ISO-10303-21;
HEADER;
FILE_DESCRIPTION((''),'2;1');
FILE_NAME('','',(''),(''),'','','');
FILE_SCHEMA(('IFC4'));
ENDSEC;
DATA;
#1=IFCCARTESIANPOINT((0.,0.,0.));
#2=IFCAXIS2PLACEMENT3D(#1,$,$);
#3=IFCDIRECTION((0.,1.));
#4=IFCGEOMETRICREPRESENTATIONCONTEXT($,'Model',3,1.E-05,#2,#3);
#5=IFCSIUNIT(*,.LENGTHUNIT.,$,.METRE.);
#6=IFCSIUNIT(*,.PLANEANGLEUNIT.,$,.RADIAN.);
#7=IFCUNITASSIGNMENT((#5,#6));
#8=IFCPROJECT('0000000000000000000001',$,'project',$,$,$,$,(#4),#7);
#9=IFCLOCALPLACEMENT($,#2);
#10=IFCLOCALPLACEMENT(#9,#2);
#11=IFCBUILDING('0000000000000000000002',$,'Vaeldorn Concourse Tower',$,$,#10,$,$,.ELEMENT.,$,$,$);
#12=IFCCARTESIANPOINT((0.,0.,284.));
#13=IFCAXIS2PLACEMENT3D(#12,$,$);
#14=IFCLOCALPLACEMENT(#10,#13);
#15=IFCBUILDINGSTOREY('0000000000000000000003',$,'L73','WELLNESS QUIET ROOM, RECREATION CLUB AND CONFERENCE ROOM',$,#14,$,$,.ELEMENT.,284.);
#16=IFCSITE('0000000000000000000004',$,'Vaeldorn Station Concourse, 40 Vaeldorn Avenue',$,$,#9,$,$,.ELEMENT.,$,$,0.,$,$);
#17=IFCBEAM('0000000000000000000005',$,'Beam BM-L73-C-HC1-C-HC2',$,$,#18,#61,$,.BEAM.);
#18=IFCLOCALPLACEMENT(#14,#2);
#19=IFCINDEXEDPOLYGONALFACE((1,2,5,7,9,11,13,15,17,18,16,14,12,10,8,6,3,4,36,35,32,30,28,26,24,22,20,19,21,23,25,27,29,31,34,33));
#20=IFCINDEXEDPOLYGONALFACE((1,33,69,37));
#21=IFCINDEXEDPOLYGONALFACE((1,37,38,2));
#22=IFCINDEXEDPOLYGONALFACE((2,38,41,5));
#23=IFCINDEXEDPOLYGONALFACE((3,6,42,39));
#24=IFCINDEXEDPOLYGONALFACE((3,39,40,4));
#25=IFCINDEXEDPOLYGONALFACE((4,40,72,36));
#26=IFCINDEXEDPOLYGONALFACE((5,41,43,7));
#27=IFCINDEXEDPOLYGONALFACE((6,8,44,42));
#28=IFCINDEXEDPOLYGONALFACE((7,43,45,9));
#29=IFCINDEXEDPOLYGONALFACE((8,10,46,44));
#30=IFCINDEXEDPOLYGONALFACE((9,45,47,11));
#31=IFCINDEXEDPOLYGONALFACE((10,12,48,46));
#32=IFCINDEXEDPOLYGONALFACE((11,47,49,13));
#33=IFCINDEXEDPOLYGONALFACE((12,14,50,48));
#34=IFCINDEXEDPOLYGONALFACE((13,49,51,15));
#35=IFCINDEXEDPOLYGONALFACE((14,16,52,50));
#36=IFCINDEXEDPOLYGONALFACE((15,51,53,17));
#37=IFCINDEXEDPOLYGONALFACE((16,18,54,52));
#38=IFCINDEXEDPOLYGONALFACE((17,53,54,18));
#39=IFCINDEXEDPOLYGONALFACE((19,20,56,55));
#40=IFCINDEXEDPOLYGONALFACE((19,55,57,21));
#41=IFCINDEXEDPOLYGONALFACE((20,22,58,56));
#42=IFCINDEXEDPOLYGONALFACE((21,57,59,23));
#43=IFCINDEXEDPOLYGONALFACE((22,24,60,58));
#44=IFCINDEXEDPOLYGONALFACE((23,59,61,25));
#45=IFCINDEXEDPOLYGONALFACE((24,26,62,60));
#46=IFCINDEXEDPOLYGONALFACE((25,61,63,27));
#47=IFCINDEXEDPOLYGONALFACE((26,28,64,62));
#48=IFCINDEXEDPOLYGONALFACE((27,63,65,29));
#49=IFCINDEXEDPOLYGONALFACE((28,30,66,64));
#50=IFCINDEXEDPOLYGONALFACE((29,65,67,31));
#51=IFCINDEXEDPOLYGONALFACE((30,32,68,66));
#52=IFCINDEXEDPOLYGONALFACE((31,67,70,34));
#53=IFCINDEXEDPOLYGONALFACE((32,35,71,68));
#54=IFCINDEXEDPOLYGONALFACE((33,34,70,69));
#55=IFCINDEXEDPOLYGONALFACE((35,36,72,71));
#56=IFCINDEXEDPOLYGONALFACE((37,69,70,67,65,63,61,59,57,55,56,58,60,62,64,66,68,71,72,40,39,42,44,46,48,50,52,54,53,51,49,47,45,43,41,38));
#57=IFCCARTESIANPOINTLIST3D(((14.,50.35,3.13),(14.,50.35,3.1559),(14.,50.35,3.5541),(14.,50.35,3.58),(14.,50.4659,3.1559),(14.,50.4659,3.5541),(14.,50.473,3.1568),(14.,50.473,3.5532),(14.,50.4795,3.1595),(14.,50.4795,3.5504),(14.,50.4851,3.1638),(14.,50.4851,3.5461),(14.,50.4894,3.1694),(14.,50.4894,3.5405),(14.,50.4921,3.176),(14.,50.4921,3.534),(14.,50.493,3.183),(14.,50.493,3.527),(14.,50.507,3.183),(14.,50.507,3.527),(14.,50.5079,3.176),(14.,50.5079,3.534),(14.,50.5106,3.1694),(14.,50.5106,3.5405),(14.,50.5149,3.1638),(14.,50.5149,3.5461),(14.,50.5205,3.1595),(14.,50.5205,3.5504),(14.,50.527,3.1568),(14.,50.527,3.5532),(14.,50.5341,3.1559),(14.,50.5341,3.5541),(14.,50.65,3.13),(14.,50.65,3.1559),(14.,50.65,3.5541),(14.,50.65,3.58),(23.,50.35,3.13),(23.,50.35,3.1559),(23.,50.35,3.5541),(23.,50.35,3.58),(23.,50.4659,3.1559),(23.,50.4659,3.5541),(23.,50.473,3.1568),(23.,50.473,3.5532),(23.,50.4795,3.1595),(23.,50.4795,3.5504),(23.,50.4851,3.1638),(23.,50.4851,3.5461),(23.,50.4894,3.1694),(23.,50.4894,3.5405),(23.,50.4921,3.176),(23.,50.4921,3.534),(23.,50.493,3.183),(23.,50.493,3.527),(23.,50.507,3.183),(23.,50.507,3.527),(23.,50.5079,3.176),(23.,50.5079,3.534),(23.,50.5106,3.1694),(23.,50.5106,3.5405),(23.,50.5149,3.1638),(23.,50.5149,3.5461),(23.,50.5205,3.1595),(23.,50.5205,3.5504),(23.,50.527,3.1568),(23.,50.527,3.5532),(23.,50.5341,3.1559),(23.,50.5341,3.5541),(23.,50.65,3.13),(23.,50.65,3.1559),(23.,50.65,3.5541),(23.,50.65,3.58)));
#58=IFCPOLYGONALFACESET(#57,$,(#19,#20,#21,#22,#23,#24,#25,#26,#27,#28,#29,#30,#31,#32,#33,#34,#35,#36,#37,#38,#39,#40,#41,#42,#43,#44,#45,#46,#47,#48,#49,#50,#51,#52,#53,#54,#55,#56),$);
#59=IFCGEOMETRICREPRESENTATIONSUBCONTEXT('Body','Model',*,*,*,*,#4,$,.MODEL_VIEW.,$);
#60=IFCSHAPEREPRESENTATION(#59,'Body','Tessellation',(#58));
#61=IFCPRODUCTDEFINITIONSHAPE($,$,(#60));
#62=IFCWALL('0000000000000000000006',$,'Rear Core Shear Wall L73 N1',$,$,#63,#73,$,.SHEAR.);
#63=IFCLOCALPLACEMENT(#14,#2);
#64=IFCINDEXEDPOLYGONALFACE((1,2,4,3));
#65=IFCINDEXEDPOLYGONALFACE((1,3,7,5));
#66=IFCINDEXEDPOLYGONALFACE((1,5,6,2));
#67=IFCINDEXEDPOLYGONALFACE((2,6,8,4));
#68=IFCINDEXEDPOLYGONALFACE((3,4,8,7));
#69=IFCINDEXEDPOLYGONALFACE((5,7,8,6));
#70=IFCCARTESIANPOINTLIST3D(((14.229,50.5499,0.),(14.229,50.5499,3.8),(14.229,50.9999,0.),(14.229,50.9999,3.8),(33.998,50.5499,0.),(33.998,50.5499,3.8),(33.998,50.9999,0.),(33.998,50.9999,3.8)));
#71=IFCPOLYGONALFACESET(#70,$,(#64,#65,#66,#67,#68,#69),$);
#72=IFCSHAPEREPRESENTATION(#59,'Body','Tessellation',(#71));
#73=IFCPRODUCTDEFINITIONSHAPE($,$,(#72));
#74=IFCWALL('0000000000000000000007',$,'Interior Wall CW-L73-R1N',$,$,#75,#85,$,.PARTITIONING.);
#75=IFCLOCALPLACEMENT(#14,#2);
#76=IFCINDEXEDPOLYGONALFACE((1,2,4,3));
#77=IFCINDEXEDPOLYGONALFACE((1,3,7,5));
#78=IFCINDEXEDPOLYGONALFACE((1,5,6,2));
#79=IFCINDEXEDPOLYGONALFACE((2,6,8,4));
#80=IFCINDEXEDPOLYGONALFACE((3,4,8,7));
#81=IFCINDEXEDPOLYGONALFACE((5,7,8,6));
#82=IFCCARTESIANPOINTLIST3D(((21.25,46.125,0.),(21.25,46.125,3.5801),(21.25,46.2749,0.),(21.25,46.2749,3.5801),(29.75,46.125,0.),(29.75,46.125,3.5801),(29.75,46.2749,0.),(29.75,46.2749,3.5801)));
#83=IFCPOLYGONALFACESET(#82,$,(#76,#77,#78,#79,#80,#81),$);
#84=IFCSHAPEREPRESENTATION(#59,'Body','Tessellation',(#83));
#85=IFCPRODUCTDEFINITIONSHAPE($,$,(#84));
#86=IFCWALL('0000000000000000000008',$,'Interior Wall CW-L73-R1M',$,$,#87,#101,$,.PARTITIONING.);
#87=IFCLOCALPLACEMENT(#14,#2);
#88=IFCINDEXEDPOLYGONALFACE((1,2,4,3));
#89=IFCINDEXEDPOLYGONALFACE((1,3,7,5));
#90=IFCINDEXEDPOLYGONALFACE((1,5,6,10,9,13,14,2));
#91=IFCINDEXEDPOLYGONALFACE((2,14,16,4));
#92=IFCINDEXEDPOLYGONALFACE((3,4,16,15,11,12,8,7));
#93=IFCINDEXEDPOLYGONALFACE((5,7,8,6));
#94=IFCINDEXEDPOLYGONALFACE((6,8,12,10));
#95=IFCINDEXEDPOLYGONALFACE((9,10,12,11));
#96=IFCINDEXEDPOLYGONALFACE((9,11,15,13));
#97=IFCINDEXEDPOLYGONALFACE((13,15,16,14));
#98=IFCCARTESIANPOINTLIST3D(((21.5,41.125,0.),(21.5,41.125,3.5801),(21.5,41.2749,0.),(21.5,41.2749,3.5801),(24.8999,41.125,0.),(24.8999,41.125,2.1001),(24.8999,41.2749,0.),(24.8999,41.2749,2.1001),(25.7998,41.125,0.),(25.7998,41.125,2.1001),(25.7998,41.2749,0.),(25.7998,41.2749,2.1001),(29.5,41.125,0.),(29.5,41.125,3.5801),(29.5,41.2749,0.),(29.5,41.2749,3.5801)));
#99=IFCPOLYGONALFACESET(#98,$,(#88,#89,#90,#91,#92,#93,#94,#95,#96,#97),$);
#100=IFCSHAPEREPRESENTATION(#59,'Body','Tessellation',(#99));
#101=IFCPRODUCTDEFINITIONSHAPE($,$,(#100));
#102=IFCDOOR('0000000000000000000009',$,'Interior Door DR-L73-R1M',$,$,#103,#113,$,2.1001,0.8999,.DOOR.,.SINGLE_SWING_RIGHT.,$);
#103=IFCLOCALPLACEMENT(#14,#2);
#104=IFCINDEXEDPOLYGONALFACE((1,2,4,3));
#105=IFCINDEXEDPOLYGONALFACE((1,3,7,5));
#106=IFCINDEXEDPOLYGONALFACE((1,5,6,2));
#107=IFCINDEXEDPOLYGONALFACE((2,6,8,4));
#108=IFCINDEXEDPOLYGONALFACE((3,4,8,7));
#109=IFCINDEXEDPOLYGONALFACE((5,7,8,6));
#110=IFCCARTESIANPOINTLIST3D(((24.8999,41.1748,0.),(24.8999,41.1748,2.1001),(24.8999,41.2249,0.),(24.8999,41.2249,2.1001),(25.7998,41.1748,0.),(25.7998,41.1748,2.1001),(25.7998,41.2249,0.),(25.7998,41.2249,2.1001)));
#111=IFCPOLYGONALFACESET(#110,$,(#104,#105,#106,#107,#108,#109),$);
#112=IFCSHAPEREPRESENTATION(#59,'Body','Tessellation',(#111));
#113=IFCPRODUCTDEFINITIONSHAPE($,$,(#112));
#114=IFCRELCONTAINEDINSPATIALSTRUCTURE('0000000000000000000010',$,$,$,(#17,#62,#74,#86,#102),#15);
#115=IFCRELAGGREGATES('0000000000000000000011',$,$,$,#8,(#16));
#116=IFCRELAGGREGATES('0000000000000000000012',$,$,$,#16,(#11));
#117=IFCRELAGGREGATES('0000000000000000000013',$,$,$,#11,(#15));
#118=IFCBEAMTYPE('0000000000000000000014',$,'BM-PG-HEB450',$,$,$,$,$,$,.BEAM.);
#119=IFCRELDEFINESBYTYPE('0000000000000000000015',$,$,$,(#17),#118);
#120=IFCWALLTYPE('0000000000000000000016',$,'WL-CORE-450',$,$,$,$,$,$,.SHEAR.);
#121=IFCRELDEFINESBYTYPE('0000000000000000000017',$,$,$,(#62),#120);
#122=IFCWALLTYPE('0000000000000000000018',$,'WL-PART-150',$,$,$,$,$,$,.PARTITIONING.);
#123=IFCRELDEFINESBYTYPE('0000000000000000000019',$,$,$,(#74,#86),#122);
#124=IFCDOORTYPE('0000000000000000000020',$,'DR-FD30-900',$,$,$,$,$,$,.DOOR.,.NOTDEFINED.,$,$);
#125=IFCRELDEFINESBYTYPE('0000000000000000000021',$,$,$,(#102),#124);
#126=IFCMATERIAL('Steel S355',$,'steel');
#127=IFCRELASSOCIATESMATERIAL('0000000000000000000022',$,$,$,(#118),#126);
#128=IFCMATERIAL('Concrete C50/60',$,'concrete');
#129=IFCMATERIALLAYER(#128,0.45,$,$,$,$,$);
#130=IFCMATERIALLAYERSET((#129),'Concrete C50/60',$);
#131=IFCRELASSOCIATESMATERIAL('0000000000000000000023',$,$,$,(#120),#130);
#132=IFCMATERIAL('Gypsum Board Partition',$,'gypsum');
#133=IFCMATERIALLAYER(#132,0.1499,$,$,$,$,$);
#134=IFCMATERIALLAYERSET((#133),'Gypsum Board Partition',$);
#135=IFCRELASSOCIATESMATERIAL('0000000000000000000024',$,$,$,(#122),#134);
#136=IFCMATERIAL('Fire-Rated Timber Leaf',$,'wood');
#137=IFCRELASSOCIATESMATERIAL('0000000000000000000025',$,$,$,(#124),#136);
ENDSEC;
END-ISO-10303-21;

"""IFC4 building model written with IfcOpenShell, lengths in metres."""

from ifc_helpers import new_model, si_unit, direction, frame, frame_2d, origin, origin_2d, place, context, subcontext, project, spatial, rectangle, i_section, extrude, source, transform, mapped, material, layer, layer_set, material_profile, profile_set, type_object, element, fill, save


model = new_model("IFC4")

# Units and contexts
model_context = context("Model", 3, precision=1e-05, world=origin(), true_north=direction((0.0, 1.0)))
body_context = subcontext(model_context, "Body", "Model", "MODEL_VIEW")
ifc_project = project(units=[si_unit("LENGTHUNIT", "METRE"), si_unit("PLANEANGLEUNIT", "RADIAN")], contexts=[model_context])

# Site, building, storey
site_placement = place(None, origin())
site = spatial("IfcSite", under=ifc_project, at=site_placement, Name="Vaeldorn Station Concourse, 40 Vaeldorn Avenue", CompositionType="ELEMENT", RefElevation=0.0)
building_placement = place(site_placement, origin())
building = spatial("IfcBuilding", under=site, at=building_placement, Name="Vaeldorn Concourse Tower", CompositionType="ELEMENT")
storey_placement = place(building_placement, frame((0.0, 0.0, 284.0)))
storey = spatial("IfcBuildingStorey", under=building, at=storey_placement, Name="L73", Description="WELLNESS QUIET ROOM, RECREATION CLUB AND CONFERENCE ROOM", CompositionType="ELEMENT", Elevation=284.0)

# Shared definitions
ifc_material_1 = material(Name="Steel S355", Category="steel")

# Beam
ifc_material_profile_1 = material_profile(ifc_material_1, i_section(OverallWidth=0.3, OverallDepth=0.45, WebThickness=0.0139, FlangeThickness=0.0259, FilletRadius=0.0271, at=origin_2d()), Name="HEB 450")
ifc_profile_set_1 = profile_set([ifc_material_profile_1], Name="Steel S355")
beam_type_1 = type_object("IfcBeamType", Name="BM-PG-HEB450", PredefinedType="BEAM", material=ifc_profile_set_1)
shared_shape_1 = source(origin(), body_context, "Body", "SweptSolid", [
    extrude(i_section(OverallWidth=0.3, OverallDepth=0.45, WebThickness=0.0139, FlangeThickness=0.0259, FilletRadius=0.0271, at=origin_2d()), origin(), (0.0, 0.0, 1.0), 9.0),
])
beam_1_placement = place(storey_placement, frame((14.0, 50.5, 3.355), z_axis=(1.0, 0.0, 0.0), x_axis=(0.0, 1.0, 0.0)))
element("IfcBeam", 1, at=beam_1_placement, inside=storey, type_object=beam_type_1, Name="Beam BM-L73-C-HC1-C-HC2", PredefinedType="BEAM", context=body_context, shape_type="MappedRepresentation", body=[
    mapped(shared_shape_1, transform((0.0, 0.0, 0.0), scale=1.0)),
])

# Walls
ifc_material_2 = material(Name="Concrete C50/60", Category="concrete")
ifc_layer_1 = layer(ifc_material_2, 0.45)
ifc_layer_set_1 = layer_set([ifc_layer_1], Name="Concrete C50/60")
wall_type_1 = type_object("IfcWallType", Name="WL-CORE-450", PredefinedType="SHEAR", material=ifc_layer_set_1)
wall_1_placement = place(storey_placement, frame((14.229, 50.7749, 0.0), z_axis=(0.0, 0.0, 1.0), x_axis=(1.0, 0.0, 0.0)))
element("IfcWall", 2, at=wall_1_placement, inside=storey, type_object=wall_type_1, Name="Rear Core Shear Wall L73 N1", PredefinedType="SHEAR", context=body_context, shape_type="SweptSolid", body=[
    extrude(rectangle(XDim=19.769, YDim=0.45, at=frame_2d((9.8845, 0.0))), origin(), (0.0, 0.0, 1.0), 3.8),
])
ifc_material_3 = material(Name="Gypsum Board Partition", Category="gypsum")
ifc_layer_2 = layer(ifc_material_3, 0.1499)
ifc_layer_set_2 = layer_set([ifc_layer_2], Name="Gypsum Board Partition")
wall_type_2 = type_object("IfcWallType", Name="WL-PART-150", PredefinedType="PARTITIONING", material=ifc_layer_set_2)
wall_2_placement = place(storey_placement, frame((21.25, 46.2, 0.0), z_axis=(0.0, 0.0, 1.0), x_axis=(1.0, 0.0, 0.0)))
element("IfcWall", 3, at=wall_2_placement, inside=storey, type_object=wall_type_2, Name="Interior Wall CW-L73-R1N", PredefinedType="PARTITIONING", context=body_context, shape_type="SweptSolid", body=[
    extrude(rectangle(XDim=8.5, YDim=0.1499, at=frame_2d((4.25, 0.0))), origin(), (0.0, 0.0, 1.0), 3.5801),
])

# Wall, opening, door
wall_3_placement = place(storey_placement, frame((21.5, 41.2, 0.0), z_axis=(0.0, 0.0, 1.0), x_axis=(1.0, 0.0, 0.0)))
wall_3 = element("IfcWall", 4, at=wall_3_placement, inside=storey, type_object=wall_type_2, Name="Interior Wall CW-L73-R1M", PredefinedType="PARTITIONING", context=body_context, shape_type="SweptSolid", body=[
    extrude(rectangle(XDim=8.0, YDim=0.1499, at=frame_2d((4.0, 0.0))), origin(), (0.0, 0.0, 1.0), 3.5801),
])
opening_1_placement = place(wall_3_placement, frame((3.3999, 0.0, 0.0)))
opening_1 = element("IfcOpeningElement", 5, at=opening_1_placement, cuts=wall_3, PredefinedType="OPENING", context=body_context, shape_type="SweptSolid", body=[
    extrude(rectangle(XDim=0.8999, YDim=2.1001, at=frame_2d((0.45, 1.05))), frame((0.0, 0.085, 0.0), z_axis=(0.0, -1.0, 0.0), x_axis=(1.0, 0.0, 0.0)), (0.0, 0.0, 1.0), 0.1699),
])
ifc_material_4 = material(Name="Fire-Rated Timber Leaf", Category="wood")
door_type_1 = type_object("IfcDoorType", Name="DR-FD30-900", OperationType="NOTDEFINED", PredefinedType="DOOR", material=ifc_material_4)
shared_shape_2 = source(origin(), body_context, "Body", "SweptSolid", [
    extrude(rectangle(XDim=0.8999, YDim=2.1001, at=frame_2d((0.45, 1.05))), frame((0.0, 0.0249, 0.0), z_axis=(0.0, -1.0, 0.0), x_axis=(1.0, 0.0, 0.0)), (0.0, 0.0, 1.0), 0.05),
])
door_1_placement = place(opening_1_placement, origin())
door_1 = element("IfcDoor", 6, at=door_1_placement, inside=storey, type_object=door_type_1, Name="Interior Door DR-L73-R1M", OperationType="SINGLE_SWING_RIGHT", OverallHeight=2.1001, OverallWidth=0.8999, PredefinedType="DOOR", context=body_context, shape_type="MappedRepresentation", body=[
    mapped(shared_shape_2, transform((0.0, 0.0, 0.0), scale=1.0)),
])
fill(opening_1, door_1)

save(model, "model.ifc")
